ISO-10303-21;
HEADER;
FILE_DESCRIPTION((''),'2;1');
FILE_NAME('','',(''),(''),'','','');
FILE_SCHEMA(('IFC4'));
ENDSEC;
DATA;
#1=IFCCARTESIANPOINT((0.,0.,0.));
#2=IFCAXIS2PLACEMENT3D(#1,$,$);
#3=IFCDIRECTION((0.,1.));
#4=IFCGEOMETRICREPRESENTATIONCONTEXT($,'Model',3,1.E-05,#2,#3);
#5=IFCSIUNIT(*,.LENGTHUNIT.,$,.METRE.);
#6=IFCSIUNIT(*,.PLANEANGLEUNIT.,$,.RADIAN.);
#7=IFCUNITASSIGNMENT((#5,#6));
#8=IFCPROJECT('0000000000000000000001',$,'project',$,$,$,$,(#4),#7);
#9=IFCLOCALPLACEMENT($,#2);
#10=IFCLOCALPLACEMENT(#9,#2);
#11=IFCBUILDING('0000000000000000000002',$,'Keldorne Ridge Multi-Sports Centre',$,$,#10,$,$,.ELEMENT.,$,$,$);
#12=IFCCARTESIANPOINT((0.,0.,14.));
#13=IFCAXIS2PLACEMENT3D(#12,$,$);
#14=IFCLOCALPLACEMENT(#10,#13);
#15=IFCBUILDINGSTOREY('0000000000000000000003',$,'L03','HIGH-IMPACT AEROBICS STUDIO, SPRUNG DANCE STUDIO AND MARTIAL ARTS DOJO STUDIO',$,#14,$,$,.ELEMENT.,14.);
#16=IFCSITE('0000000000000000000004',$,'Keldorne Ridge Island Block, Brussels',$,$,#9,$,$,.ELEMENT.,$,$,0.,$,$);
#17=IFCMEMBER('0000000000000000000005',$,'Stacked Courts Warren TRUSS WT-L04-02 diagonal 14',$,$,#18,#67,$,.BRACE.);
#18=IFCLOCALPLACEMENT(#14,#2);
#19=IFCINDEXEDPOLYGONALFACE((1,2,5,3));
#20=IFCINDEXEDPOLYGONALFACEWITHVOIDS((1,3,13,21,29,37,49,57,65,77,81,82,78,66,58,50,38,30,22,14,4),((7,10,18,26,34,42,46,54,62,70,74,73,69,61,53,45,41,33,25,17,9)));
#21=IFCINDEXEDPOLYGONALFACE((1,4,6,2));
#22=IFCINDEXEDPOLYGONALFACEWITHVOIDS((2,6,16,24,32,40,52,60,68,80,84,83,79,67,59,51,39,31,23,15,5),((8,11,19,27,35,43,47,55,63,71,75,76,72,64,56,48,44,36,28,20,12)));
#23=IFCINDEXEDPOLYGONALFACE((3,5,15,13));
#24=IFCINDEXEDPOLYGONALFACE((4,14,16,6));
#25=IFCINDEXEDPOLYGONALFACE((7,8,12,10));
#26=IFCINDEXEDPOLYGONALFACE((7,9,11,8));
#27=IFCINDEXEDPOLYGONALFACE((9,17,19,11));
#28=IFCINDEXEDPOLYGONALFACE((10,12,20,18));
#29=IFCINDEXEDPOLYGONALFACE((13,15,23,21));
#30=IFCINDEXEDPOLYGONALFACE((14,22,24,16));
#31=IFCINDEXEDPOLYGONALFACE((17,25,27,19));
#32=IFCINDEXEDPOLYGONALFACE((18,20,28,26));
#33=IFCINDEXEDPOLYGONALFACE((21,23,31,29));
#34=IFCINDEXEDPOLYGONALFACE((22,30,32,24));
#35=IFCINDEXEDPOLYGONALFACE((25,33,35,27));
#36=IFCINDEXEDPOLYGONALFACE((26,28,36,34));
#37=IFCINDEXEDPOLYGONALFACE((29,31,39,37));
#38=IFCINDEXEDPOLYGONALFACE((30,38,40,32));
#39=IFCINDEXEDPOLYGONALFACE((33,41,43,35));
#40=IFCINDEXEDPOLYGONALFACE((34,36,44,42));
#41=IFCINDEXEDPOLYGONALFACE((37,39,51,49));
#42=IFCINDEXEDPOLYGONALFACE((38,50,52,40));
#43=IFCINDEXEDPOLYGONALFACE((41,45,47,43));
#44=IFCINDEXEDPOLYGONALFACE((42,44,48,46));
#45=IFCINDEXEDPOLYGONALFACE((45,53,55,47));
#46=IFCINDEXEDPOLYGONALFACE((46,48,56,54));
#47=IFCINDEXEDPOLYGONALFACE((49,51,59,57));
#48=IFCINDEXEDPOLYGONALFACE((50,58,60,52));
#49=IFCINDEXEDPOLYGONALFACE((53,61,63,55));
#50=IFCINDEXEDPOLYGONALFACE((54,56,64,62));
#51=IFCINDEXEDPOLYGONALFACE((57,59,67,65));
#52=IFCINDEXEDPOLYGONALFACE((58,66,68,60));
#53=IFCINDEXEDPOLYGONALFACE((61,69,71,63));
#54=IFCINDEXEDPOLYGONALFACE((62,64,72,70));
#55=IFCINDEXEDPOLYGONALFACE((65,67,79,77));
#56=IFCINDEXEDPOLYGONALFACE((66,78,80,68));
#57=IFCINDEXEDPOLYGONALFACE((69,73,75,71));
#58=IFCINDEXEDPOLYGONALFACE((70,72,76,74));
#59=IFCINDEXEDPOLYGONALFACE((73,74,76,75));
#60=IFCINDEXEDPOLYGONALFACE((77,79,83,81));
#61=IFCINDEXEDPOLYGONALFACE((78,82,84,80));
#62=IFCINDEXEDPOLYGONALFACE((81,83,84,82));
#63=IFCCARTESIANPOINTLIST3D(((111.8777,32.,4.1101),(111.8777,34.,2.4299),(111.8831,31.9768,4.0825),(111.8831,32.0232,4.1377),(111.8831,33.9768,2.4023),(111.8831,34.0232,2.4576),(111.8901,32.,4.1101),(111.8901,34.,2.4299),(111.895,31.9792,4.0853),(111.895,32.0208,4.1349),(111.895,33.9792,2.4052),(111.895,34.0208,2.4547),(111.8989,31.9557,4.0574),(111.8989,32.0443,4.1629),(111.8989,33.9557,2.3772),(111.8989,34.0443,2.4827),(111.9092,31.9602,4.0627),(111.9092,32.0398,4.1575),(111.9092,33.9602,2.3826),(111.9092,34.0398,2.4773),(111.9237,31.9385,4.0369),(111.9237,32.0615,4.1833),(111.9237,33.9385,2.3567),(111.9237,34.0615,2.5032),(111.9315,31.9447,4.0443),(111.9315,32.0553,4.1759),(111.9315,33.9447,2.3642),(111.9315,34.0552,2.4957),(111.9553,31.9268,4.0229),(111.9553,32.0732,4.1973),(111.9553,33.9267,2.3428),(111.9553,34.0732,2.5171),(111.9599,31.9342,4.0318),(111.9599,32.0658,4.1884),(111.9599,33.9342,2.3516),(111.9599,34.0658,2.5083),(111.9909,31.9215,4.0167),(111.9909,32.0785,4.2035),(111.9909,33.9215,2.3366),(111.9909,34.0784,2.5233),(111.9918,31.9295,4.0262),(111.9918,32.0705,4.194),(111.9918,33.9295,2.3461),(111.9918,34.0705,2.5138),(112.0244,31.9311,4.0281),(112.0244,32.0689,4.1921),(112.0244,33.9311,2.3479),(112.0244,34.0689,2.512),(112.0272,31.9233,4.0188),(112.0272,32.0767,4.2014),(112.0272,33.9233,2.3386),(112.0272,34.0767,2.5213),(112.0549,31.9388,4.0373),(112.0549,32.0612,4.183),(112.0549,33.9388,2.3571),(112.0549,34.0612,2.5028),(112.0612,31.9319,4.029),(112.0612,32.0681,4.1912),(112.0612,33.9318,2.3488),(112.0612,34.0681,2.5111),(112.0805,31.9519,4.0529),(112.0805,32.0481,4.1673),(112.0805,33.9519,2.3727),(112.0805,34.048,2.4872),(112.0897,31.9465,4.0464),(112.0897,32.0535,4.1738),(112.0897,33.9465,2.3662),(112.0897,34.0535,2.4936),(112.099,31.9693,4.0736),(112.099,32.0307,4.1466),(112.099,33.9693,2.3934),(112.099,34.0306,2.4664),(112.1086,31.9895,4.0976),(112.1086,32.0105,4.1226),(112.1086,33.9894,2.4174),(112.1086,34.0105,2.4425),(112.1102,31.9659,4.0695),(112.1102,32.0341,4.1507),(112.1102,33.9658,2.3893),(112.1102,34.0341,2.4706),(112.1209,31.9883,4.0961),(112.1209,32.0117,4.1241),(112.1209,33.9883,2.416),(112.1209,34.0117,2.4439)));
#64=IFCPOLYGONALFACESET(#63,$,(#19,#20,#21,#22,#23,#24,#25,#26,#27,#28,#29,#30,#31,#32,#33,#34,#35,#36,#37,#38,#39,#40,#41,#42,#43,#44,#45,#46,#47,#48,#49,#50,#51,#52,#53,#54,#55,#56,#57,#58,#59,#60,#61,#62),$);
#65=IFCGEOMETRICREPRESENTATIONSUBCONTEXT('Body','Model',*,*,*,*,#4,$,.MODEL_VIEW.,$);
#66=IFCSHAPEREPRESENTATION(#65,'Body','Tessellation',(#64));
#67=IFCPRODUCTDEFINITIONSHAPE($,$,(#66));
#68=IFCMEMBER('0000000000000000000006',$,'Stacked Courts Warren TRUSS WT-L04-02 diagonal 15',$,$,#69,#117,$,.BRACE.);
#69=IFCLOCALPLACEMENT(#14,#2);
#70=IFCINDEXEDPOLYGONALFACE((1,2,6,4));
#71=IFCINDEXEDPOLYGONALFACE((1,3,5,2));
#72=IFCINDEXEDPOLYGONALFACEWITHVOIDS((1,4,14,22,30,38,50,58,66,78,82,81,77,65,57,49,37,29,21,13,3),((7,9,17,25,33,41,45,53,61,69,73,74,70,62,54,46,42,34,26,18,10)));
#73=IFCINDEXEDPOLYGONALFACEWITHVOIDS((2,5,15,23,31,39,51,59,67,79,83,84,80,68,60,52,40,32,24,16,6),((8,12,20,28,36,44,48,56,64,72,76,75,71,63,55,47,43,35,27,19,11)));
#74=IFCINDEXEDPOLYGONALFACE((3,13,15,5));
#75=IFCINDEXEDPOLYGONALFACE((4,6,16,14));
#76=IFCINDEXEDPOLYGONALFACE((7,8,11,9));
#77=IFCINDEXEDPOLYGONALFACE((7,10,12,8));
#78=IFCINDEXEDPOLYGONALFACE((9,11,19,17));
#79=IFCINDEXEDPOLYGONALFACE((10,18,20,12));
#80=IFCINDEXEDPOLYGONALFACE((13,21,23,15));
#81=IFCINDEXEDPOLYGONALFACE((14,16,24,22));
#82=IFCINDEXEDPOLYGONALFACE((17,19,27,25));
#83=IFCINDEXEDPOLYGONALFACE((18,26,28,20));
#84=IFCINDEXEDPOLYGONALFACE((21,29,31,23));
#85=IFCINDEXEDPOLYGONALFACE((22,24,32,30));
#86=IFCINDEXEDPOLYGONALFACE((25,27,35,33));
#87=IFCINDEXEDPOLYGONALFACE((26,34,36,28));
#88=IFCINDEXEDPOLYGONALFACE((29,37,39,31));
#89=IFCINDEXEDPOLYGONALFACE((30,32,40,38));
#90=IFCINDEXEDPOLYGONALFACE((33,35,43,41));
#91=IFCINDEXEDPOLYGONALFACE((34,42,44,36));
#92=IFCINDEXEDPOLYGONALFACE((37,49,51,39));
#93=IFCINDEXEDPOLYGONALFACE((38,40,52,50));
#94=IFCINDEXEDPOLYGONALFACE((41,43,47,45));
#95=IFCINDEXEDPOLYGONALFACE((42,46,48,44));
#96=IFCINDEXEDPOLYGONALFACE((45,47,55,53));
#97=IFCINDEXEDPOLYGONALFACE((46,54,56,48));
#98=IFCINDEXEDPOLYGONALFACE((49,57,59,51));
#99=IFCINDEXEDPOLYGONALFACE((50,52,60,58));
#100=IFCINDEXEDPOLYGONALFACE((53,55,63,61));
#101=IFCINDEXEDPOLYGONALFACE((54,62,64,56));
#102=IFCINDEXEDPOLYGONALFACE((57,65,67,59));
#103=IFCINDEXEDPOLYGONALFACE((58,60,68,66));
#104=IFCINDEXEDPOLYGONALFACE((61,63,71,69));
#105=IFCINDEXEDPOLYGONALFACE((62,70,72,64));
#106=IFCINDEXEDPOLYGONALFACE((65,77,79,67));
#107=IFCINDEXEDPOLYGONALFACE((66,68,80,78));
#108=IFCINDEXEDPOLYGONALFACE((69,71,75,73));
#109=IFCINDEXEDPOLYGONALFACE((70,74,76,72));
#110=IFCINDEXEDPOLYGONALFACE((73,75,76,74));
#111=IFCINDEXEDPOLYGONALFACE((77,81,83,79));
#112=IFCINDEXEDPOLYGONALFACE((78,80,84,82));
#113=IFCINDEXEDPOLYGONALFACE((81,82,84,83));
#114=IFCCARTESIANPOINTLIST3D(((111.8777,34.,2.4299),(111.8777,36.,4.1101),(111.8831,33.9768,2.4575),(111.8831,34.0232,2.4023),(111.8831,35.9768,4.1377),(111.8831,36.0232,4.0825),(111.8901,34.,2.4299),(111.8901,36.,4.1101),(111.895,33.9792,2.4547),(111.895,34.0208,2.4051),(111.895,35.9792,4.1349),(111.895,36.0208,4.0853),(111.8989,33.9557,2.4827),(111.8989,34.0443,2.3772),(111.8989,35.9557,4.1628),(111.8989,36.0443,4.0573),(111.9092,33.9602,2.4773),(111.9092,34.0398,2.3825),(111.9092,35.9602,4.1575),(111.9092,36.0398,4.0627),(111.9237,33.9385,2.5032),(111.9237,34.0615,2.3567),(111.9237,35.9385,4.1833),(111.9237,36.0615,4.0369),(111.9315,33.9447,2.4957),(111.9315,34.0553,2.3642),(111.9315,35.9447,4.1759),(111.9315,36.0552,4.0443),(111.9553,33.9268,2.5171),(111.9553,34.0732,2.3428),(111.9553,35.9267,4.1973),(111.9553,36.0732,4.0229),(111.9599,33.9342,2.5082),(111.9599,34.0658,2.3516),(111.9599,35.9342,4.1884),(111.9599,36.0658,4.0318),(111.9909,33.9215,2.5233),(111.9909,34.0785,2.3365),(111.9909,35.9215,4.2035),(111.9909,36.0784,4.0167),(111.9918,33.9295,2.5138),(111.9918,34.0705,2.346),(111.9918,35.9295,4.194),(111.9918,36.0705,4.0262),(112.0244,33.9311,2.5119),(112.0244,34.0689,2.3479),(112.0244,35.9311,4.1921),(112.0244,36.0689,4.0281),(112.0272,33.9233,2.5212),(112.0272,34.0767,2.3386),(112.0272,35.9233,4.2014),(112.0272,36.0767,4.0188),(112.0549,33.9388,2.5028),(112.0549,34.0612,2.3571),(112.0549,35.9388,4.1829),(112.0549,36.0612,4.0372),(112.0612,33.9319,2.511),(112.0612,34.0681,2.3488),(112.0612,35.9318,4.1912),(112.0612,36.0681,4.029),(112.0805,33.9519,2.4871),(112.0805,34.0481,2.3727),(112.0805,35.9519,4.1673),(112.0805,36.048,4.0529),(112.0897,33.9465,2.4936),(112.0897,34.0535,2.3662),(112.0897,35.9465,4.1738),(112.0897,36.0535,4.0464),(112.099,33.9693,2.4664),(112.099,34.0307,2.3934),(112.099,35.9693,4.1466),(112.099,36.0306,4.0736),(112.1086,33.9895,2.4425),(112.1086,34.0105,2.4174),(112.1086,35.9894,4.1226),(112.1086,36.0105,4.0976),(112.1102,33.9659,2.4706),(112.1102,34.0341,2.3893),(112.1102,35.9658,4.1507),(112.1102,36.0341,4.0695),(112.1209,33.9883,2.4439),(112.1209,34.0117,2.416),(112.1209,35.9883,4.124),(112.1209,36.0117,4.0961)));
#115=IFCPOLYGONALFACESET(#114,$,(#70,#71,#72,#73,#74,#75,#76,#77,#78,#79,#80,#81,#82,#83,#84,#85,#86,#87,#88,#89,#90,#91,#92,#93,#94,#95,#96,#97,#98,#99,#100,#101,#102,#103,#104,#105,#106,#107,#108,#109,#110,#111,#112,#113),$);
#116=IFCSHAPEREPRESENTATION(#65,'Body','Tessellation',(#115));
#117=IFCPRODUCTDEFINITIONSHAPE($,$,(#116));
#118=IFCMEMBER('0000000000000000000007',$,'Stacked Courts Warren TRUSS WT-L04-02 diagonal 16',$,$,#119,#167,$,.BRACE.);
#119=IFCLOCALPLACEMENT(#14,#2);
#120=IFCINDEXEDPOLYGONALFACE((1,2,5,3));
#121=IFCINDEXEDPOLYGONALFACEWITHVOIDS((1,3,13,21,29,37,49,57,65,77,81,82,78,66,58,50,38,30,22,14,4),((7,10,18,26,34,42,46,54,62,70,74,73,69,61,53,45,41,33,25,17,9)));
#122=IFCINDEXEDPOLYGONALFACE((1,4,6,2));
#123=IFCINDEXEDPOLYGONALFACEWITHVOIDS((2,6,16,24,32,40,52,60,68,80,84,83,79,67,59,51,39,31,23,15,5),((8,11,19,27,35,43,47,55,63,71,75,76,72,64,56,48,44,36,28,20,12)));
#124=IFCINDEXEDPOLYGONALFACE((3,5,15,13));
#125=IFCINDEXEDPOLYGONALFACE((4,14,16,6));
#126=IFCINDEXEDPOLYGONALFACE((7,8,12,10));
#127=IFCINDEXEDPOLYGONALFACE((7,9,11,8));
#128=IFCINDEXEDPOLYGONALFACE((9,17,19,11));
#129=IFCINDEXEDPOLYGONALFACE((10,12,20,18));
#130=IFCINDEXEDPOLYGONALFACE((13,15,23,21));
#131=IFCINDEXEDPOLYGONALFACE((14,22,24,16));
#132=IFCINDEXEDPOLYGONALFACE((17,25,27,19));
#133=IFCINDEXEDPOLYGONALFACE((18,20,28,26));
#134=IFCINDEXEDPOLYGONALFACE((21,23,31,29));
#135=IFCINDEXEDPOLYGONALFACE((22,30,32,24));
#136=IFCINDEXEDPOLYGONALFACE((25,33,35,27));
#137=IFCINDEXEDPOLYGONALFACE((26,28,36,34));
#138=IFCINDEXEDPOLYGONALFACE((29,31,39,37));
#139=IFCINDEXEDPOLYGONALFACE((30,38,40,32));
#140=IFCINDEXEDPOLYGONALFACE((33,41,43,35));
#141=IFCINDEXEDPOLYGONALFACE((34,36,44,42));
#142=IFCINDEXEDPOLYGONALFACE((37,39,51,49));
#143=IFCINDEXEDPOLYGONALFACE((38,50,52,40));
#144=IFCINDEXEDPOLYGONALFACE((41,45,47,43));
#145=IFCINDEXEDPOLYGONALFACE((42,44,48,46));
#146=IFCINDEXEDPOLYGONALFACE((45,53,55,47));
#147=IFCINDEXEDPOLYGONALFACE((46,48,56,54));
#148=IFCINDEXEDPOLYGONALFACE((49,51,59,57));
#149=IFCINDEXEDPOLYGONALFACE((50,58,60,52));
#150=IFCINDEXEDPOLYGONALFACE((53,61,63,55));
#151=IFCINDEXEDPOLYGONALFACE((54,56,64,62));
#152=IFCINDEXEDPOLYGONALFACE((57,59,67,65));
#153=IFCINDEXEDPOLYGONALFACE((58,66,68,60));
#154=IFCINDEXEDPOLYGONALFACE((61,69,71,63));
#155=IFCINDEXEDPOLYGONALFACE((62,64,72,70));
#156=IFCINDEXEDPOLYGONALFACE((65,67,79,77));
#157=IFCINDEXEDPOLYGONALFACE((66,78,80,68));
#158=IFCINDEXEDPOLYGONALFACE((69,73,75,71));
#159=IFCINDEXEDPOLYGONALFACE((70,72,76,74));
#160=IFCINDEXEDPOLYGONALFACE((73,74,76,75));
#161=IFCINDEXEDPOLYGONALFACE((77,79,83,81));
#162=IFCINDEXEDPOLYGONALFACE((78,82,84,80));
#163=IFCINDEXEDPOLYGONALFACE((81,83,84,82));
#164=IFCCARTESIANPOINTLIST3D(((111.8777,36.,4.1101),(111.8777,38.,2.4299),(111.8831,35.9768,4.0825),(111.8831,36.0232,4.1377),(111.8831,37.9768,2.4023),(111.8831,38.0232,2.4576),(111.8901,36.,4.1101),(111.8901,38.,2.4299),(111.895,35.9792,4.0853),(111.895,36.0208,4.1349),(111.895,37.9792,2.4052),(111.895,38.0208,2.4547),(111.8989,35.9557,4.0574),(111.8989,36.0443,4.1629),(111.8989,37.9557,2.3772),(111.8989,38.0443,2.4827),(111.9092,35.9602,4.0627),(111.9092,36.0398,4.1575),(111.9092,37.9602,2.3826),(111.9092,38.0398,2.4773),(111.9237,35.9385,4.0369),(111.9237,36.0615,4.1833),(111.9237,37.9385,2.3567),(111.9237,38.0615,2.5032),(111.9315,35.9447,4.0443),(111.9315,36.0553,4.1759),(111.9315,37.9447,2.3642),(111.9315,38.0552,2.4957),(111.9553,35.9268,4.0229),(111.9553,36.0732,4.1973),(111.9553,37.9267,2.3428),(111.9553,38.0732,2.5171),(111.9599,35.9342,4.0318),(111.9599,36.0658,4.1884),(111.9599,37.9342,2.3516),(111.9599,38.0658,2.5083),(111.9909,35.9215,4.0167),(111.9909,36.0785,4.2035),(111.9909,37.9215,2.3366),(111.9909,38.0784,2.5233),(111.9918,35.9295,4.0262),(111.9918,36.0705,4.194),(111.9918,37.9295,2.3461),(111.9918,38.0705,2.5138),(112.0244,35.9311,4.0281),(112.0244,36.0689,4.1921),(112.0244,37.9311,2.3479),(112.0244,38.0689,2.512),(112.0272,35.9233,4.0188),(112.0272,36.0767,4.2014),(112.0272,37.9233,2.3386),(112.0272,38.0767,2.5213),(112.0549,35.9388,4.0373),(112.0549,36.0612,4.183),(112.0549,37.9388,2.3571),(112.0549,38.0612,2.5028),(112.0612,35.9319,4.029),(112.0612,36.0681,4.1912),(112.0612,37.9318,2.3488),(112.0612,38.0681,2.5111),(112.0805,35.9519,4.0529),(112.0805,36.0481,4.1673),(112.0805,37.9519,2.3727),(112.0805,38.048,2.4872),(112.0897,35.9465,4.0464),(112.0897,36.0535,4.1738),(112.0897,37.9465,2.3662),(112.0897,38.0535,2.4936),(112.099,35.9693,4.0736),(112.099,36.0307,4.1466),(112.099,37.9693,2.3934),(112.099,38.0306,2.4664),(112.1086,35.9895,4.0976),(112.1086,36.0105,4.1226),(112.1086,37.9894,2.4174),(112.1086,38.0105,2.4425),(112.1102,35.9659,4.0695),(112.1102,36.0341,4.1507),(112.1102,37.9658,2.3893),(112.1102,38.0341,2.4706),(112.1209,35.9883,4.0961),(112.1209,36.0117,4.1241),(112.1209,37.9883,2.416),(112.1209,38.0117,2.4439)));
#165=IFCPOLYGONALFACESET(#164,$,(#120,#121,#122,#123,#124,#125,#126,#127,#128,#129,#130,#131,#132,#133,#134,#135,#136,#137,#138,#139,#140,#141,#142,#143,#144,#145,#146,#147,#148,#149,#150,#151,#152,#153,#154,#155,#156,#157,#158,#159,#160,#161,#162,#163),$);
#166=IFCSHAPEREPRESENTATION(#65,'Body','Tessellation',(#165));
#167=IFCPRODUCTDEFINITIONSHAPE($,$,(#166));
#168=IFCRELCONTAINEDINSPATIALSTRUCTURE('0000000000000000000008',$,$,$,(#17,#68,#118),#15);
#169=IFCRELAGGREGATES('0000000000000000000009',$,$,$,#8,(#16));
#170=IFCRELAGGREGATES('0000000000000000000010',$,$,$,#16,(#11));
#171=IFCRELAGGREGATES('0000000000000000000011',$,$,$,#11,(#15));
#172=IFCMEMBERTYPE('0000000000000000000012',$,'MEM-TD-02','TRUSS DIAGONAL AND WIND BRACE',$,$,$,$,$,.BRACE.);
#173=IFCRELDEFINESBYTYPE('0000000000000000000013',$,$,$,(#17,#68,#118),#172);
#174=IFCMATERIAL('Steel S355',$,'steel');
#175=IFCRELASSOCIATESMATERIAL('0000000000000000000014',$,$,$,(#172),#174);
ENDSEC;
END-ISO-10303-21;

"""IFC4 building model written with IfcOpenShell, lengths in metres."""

from ifc_helpers import new_model, si_unit, direction, frame, origin, origin_2d, place, context, subcontext, project, spatial, hollow_circle, extrude, material, material_profile, profile_set, type_object, element, save


model = new_model("IFC4")

# Units and contexts
model_context = context("Model", 3, precision=1e-05, world=origin(), true_north=direction((0.0, 1.0)))
body_context = subcontext(model_context, "Body", "Model", "MODEL_VIEW")
ifc_project = project(units=[si_unit("LENGTHUNIT", "METRE"), si_unit("PLANEANGLEUNIT", "RADIAN")], contexts=[model_context])

# Site, building, storey
site_placement = place(None, origin())
site = spatial("IfcSite", under=ifc_project, at=site_placement, Name="Keldorne Ridge Island Block, Brussels", CompositionType="ELEMENT", RefElevation=0.0)
building_placement = place(site_placement, origin())
building = spatial("IfcBuilding", under=site, at=building_placement, Name="Keldorne Ridge Multi-Sports Centre", CompositionType="ELEMENT")
storey_placement = place(building_placement, frame((0.0, 0.0, 14.0)))
storey = spatial("IfcBuildingStorey", under=building, at=storey_placement, Name="L03", Description="HIGH-IMPACT AEROBICS STUDIO, SPRUNG DANCE STUDIO AND MARTIAL ARTS DOJO STUDIO", CompositionType="ELEMENT", Elevation=14.0)

# Shared definitions
ifc_material_1 = material(Name="Steel S355", Category="steel")

# Members
ifc_material_profile_1 = material_profile(ifc_material_1, hollow_circle(Radius=0.1223, WallThickness=0.0125, at=origin_2d()), Name="CHS 244.5x12.5")
ifc_profile_set_1 = profile_set([ifc_material_profile_1], Name="Steel S355")
member_type_1 = type_object("IfcMemberType", Name="MEM-TD-02", Description="TRUSS DIAGONAL AND WIND BRACE", PredefinedType="BRACE", material=ifc_profile_set_1)
for number, where, z_axis, x_axis, name in (
    (1, (112.0, 32.0, 4.1101), (0.0, 0.765672, -0.643232), (-1.0, 0.0, 0.0), "Stacked Courts Warren TRUSS WT-L04-02 diagonal 14"),
    (2, (112.0, 34.0, 2.4299), (0.0, 0.765672, 0.643232), (-1.0, 0.0, 0.0), "Stacked Courts Warren TRUSS WT-L04-02 diagonal 15"),
    (3, (112.0, 36.0, 4.1101), (0.0, 0.765672, -0.643232), (-1.0, 0.0, 0.0), "Stacked Courts Warren TRUSS WT-L04-02 diagonal 16"),
):
    element("IfcMember", number, at=place(storey_placement, frame(where, z_axis=z_axis, x_axis=x_axis)), inside=storey, type_object=member_type_1, Name=name, PredefinedType="BRACE", context=body_context, shape_type="SweptSolid", body=[
        extrude(hollow_circle(Radius=0.1223, WallThickness=0.0125, at=origin_2d()), origin(), (0.0, 0.0, 1.0), 2.6121),
    ])

save(model, "model.ifc")
